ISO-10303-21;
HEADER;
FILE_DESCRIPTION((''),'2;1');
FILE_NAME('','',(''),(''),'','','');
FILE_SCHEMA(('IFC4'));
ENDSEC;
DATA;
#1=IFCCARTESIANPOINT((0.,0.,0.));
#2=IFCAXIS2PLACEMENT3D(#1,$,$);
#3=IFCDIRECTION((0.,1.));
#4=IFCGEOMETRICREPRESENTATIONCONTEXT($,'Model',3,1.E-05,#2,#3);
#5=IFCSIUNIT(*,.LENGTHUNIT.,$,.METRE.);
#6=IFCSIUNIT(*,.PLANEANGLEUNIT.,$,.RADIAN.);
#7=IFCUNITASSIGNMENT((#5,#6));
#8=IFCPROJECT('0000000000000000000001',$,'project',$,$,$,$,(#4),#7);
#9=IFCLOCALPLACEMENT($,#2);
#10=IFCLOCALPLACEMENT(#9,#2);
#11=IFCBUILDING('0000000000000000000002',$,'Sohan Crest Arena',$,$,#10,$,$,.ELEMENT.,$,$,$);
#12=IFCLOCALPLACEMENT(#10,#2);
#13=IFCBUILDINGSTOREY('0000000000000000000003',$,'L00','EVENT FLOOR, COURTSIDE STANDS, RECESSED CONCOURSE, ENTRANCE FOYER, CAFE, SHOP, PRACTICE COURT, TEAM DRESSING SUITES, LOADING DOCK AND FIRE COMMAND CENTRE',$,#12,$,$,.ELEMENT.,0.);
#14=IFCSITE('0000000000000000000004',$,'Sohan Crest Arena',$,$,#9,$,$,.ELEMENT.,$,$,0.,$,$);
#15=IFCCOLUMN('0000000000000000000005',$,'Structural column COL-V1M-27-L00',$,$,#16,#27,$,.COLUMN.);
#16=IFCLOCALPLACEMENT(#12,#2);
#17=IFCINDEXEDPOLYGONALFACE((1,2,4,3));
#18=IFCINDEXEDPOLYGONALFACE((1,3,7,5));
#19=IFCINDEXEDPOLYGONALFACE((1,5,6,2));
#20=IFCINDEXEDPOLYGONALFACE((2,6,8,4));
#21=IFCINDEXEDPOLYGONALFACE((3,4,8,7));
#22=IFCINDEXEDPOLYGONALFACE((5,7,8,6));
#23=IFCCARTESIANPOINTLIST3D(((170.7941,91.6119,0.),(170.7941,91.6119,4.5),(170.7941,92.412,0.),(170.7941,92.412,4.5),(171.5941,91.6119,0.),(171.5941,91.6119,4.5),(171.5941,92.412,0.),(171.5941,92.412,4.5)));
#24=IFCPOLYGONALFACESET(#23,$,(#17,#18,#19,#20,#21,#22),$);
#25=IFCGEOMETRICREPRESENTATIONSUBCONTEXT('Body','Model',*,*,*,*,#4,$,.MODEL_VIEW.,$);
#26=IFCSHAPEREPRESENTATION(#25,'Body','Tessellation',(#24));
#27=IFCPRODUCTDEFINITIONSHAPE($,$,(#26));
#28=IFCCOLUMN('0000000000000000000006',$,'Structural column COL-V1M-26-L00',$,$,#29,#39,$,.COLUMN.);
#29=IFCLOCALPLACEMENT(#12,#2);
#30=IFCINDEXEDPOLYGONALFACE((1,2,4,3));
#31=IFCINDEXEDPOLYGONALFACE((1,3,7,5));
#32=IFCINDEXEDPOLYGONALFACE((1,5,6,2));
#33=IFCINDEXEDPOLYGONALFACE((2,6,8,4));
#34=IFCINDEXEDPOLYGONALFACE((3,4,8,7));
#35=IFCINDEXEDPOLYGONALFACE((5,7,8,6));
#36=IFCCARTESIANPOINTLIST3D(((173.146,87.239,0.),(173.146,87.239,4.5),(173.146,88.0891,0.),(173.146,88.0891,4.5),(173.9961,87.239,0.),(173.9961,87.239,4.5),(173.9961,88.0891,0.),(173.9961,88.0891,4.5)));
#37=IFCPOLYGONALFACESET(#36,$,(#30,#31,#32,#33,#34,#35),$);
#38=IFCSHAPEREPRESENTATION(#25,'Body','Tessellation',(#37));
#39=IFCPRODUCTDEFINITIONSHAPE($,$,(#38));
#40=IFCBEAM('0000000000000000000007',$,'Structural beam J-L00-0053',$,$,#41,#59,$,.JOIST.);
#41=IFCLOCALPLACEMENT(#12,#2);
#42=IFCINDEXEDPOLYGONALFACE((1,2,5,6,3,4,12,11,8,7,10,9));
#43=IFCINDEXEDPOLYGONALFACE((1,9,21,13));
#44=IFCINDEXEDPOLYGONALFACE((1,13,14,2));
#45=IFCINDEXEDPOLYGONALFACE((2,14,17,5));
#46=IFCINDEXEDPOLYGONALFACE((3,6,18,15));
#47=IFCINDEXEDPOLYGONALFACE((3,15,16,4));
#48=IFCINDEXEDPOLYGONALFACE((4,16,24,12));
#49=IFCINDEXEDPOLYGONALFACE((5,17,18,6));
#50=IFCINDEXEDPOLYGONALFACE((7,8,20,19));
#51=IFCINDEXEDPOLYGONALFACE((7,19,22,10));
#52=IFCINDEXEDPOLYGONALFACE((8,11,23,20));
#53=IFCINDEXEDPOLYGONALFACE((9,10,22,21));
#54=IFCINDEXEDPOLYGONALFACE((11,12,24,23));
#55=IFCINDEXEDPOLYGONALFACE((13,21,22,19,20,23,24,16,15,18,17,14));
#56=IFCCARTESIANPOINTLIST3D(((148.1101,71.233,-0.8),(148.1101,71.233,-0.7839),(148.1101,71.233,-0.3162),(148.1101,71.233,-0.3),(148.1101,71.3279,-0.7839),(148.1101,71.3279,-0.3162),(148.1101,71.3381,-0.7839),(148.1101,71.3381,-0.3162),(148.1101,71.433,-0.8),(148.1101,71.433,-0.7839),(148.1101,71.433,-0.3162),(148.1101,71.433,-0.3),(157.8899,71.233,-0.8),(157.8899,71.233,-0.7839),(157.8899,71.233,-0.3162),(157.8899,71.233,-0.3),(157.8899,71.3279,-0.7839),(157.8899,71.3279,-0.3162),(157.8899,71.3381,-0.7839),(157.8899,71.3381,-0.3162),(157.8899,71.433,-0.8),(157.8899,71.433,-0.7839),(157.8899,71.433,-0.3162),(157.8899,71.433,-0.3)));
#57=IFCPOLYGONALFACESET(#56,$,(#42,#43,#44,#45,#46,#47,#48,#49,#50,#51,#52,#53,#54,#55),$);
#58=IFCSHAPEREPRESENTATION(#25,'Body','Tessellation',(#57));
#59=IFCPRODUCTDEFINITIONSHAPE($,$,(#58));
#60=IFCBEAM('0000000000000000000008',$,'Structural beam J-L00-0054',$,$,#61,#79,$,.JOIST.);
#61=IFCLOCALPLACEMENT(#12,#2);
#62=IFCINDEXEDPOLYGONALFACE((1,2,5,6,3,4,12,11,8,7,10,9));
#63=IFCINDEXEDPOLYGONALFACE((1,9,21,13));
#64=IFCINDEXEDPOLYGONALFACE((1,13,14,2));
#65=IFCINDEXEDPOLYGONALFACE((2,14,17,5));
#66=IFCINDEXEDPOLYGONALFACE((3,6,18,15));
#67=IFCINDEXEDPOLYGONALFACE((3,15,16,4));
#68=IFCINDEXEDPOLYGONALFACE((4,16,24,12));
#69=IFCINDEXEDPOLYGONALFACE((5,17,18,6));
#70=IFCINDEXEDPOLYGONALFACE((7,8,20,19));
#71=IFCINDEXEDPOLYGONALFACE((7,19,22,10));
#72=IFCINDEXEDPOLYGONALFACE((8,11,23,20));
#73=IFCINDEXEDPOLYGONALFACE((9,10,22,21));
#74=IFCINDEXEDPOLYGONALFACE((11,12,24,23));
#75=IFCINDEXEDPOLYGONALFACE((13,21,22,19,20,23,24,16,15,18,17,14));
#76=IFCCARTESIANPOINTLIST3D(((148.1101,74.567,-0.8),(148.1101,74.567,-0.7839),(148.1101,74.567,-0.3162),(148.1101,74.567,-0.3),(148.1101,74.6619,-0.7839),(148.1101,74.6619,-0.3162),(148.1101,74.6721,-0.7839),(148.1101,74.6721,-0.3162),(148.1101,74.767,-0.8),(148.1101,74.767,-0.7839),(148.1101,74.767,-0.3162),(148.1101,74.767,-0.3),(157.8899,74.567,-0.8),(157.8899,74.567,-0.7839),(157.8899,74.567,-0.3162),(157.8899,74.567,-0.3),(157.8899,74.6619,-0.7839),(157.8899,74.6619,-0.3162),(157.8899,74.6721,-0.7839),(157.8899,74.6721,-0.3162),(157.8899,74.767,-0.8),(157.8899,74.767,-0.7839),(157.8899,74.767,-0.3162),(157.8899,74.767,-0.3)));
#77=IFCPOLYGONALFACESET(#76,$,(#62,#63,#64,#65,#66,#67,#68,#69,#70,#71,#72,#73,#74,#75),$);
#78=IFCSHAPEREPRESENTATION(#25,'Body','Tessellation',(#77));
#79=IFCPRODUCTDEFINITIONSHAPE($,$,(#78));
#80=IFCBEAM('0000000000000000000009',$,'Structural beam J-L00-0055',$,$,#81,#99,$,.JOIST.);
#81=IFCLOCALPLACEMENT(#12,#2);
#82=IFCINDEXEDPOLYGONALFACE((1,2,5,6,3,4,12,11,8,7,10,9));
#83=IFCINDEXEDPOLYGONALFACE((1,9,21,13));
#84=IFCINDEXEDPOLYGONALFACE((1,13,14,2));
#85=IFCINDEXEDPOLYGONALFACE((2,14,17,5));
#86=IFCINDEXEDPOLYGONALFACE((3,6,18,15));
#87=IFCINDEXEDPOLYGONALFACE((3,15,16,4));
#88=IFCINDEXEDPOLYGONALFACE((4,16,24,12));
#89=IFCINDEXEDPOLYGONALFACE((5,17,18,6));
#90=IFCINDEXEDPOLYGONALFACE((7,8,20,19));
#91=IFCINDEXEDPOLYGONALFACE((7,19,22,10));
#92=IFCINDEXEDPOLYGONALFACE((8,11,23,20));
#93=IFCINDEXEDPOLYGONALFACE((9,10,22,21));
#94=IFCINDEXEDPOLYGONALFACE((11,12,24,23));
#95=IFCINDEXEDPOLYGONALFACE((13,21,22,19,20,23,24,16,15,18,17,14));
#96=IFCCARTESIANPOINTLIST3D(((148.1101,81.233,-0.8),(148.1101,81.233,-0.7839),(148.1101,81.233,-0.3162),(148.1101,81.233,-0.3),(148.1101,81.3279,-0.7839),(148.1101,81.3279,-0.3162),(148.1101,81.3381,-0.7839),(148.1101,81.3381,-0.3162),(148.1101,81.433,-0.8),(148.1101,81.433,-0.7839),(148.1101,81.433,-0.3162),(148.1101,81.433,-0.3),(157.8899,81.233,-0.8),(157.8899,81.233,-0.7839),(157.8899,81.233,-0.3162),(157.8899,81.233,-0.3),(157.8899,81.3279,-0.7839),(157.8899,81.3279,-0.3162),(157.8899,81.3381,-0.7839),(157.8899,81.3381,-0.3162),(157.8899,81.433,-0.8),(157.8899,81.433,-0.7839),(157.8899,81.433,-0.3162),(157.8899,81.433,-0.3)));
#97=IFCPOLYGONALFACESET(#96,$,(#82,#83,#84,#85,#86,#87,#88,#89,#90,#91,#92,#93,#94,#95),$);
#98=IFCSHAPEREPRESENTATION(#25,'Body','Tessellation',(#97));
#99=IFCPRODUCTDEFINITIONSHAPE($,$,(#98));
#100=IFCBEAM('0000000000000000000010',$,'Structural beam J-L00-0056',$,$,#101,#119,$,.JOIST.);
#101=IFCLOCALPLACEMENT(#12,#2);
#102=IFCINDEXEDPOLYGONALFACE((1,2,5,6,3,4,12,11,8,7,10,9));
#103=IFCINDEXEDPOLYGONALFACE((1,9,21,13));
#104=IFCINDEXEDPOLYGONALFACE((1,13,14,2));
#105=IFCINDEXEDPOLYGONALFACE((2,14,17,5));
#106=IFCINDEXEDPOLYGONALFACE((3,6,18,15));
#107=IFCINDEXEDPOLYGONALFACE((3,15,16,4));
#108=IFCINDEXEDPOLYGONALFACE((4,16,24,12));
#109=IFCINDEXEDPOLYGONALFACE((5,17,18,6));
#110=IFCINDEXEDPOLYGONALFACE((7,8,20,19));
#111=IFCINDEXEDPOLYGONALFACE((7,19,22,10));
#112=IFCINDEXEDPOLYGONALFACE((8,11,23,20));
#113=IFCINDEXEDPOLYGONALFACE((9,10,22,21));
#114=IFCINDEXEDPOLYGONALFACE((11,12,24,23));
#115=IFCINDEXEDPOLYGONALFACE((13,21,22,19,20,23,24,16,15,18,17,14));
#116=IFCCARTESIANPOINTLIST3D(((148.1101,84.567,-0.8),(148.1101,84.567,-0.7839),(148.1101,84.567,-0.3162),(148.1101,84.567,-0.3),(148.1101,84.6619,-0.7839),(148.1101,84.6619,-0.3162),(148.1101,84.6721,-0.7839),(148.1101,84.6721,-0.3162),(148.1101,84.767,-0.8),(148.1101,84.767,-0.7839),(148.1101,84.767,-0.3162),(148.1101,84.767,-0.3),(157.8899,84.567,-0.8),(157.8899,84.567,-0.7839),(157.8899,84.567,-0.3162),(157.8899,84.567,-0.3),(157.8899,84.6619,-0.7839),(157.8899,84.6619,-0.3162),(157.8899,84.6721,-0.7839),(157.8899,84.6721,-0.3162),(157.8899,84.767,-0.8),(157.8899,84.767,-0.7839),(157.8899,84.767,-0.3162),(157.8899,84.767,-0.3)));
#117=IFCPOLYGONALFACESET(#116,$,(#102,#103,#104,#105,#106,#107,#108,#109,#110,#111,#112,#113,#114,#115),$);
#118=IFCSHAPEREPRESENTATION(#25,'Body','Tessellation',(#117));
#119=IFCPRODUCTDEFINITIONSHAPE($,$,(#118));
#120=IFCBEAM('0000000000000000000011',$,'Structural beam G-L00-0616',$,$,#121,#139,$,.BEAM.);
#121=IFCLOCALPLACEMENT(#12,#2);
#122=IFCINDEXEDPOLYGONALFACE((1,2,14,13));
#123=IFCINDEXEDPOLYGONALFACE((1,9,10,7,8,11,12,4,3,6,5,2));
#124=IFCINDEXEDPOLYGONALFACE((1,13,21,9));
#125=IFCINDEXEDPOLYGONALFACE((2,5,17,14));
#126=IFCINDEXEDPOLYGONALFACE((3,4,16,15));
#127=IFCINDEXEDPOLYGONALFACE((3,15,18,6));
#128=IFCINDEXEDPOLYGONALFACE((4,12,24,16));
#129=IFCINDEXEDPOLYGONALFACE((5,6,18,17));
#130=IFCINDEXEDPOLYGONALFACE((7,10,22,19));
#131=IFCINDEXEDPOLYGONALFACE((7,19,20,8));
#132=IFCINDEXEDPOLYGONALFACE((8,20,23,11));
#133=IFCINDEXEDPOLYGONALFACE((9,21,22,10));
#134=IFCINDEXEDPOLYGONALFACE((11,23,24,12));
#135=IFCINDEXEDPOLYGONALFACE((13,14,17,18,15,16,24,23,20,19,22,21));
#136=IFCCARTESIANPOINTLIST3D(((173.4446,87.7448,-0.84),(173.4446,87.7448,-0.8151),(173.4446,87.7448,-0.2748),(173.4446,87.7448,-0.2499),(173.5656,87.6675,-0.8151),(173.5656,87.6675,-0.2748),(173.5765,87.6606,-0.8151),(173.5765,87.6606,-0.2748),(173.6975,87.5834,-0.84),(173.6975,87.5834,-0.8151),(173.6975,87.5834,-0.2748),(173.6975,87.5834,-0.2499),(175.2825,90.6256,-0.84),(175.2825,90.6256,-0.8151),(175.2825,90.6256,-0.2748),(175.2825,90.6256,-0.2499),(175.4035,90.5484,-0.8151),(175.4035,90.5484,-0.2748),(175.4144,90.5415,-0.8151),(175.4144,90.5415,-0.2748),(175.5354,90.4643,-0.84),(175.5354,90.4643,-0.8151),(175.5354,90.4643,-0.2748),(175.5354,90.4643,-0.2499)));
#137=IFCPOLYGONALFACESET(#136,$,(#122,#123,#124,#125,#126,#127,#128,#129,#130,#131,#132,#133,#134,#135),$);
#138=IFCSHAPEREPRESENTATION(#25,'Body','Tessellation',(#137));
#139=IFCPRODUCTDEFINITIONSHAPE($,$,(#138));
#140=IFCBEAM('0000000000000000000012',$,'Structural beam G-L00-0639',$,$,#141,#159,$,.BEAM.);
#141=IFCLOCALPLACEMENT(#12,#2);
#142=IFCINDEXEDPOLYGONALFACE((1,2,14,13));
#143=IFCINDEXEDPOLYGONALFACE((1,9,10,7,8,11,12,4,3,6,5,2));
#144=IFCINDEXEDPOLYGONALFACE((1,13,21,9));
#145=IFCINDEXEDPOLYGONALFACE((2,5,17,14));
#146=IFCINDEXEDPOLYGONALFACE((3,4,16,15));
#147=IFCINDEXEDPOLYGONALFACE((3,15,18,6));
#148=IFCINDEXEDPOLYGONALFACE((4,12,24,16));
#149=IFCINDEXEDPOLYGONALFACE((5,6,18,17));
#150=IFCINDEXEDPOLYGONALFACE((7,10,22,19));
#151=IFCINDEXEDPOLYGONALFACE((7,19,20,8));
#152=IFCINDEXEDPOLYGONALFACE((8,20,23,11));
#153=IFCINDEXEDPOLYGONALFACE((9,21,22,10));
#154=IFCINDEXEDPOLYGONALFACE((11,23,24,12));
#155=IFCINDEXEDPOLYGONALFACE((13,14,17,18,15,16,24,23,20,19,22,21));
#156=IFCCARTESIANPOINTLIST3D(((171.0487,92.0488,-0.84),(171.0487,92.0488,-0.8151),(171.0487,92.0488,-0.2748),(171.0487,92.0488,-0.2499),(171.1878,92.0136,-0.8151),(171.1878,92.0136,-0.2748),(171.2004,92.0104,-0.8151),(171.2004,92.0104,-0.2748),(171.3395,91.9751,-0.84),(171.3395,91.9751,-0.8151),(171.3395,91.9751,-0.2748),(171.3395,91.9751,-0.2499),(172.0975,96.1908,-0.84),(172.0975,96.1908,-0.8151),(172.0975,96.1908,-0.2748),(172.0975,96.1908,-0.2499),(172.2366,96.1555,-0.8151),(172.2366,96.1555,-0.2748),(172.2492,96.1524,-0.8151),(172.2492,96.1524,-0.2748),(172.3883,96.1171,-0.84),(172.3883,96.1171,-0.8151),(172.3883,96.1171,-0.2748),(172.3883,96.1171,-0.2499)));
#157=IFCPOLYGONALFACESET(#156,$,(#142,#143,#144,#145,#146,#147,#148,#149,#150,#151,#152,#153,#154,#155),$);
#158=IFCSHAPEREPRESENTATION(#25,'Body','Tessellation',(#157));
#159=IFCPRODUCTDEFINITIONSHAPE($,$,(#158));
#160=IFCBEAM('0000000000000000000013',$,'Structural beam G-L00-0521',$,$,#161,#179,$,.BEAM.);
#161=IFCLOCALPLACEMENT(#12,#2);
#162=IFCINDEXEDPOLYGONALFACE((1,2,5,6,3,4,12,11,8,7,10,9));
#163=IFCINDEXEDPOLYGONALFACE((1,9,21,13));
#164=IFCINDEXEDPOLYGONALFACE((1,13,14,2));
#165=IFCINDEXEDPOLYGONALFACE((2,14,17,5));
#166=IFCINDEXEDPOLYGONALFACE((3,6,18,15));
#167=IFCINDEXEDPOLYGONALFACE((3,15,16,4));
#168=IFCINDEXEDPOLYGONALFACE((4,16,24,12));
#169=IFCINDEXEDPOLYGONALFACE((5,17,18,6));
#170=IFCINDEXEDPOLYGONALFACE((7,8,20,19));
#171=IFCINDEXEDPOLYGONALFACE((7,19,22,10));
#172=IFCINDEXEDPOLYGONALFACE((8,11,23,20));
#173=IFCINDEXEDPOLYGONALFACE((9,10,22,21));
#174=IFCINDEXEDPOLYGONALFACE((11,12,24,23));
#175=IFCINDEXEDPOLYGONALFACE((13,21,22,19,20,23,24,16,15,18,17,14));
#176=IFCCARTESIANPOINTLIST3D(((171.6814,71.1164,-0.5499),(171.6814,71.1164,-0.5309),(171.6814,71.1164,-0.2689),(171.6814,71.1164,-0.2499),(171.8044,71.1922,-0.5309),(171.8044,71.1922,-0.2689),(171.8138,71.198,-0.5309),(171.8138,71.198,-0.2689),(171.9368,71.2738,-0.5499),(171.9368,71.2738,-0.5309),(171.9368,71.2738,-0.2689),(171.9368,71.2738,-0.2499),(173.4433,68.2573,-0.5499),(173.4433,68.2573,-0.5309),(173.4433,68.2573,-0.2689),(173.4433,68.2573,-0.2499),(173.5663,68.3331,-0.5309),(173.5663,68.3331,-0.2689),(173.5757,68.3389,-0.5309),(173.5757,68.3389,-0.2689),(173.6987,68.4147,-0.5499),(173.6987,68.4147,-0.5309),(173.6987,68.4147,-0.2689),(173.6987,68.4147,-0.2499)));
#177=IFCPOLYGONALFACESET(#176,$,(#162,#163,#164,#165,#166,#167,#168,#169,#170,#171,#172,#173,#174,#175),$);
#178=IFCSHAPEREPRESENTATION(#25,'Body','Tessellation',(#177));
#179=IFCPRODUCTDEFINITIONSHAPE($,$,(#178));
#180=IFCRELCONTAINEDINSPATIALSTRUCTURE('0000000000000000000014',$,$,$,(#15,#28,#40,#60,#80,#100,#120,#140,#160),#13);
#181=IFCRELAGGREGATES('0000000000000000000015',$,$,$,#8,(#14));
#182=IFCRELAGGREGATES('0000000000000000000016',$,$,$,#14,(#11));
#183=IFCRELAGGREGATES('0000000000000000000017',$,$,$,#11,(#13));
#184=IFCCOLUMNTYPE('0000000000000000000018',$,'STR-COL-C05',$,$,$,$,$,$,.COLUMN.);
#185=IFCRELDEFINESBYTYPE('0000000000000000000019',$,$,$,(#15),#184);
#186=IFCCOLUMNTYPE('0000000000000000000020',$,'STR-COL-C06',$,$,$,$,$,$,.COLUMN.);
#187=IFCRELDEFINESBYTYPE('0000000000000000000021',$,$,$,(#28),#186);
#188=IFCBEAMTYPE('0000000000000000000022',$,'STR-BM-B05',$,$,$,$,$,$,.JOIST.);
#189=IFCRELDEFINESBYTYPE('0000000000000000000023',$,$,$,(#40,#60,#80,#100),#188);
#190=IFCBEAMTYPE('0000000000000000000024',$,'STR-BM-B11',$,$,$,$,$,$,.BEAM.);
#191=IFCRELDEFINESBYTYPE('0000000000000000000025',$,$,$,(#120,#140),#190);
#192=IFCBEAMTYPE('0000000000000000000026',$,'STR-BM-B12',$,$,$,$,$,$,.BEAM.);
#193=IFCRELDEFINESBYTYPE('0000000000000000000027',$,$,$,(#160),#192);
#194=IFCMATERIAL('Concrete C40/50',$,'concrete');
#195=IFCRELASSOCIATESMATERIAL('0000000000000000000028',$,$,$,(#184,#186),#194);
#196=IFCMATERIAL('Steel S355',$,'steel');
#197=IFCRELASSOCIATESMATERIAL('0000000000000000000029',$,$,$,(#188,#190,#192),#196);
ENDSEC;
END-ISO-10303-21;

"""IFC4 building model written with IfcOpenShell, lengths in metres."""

from ifc_helpers import new_model, si_unit, direction, frame, origin, origin_2d, place, context, subcontext, project, spatial, rectangle, i_section, extrude, material, material_profile, profile_set, type_object, element, save


model = new_model("IFC4")

# Units and contexts
model_context = context("Model", 3, precision=1e-05, world=origin(), true_north=direction((0.0, 1.0)))
body_context = subcontext(model_context, "Body", "Model", "MODEL_VIEW")
ifc_project = project(units=[si_unit("LENGTHUNIT", "METRE"), si_unit("PLANEANGLEUNIT", "RADIAN")], contexts=[model_context])

# Site, building, storey
site_placement = place(None, origin())
site = spatial("IfcSite", under=ifc_project, at=site_placement, Name="Sohan Crest Arena", CompositionType="ELEMENT", RefElevation=0.0)
building_placement = place(site_placement, origin())
building = spatial("IfcBuilding", under=site, at=building_placement, Name="Sohan Crest Arena", CompositionType="ELEMENT")
storey_placement = place(building_placement, origin())
storey = spatial("IfcBuildingStorey", under=building, at=storey_placement, Name="L00", Description="EVENT FLOOR, COURTSIDE STANDS, RECESSED CONCOURSE, ENTRANCE FOYER, CAFE, SHOP, PRACTICE COURT, TEAM DRESSING SUITES, LOADING DOCK AND FIRE COMMAND CENTRE", CompositionType="ELEMENT", Elevation=0.0)

# Columns
ifc_material_1 = material(Name="Concrete C40/50", Category="concrete")
ifc_material_profile_1 = material_profile(ifc_material_1, rectangle(XDim=0.8, YDim=0.8, at=origin_2d()), Name="RC 800x800")
ifc_profile_set_1 = profile_set([ifc_material_profile_1], Name="Concrete C40/50")
column_type_1 = type_object("IfcColumnType", Name="STR-COL-C05", PredefinedType="COLUMN", material=ifc_profile_set_1)
column_1_placement = place(storey_placement, frame((171.1941, 92.012, 0.0), z_axis=(0.0, 0.0, 1.0), x_axis=(1.0, 0.0, 0.0)))
element("IfcColumn", 1, at=column_1_placement, inside=storey, type_object=column_type_1, Name="Structural column COL-V1M-27-L00", PredefinedType="COLUMN", context=body_context, shape_type="SweptSolid", body=[
    extrude(rectangle(XDim=0.8, YDim=0.8, at=origin_2d()), origin(), (0.0, 0.0, 1.0), 4.5),
])
ifc_material_profile_2 = material_profile(ifc_material_1, rectangle(XDim=0.8501, YDim=0.8501, at=origin_2d()), Name="RC 850x850")
ifc_profile_set_2 = profile_set([ifc_material_profile_2], Name="Concrete C40/50")
column_type_2 = type_object("IfcColumnType", Name="STR-COL-C06", PredefinedType="COLUMN", material=ifc_profile_set_2)
column_2_placement = place(storey_placement, frame((173.571, 87.6641, 0.0), z_axis=(0.0, 0.0, 1.0), x_axis=(1.0, 0.0, 0.0)))
element("IfcColumn", 2, at=column_2_placement, inside=storey, type_object=column_type_2, Name="Structural column COL-V1M-26-L00", PredefinedType="COLUMN", context=body_context, shape_type="SweptSolid", body=[
    extrude(rectangle(XDim=0.8501, YDim=0.8501, at=origin_2d()), origin(), (0.0, 0.0, 1.0), 4.5),
])

# Beams
ifc_material_2 = material(Name="Steel S355", Category="steel")
ifc_material_profile_3 = material_profile(ifc_material_2, i_section(OverallWidth=0.2, OverallDepth=0.5, WebThickness=0.0103, FlangeThickness=0.0161, at=origin_2d()), Name="IPE 500")
ifc_profile_set_3 = profile_set([ifc_material_profile_3], Name="Steel S355")
beam_type_1 = type_object("IfcBeamType", Name="STR-BM-B05", PredefinedType="JOIST", material=ifc_profile_set_3)
for number, where, z_axis, x_axis, name in (
    (3, (148.1101, 71.333, -0.55), (1.0, 0.0, 0.0), (0.0, 1.0, 0.0), "Structural beam J-L00-0053"),
    (4, (148.1101, 74.667, -0.55), (1.0, 0.0, 0.0), (0.0, 1.0, 0.0), "Structural beam J-L00-0054"),
    (5, (148.1101, 81.333, -0.55), (1.0, 0.0, 0.0), (0.0, 1.0, 0.0), "Structural beam J-L00-0055"),
    (6, (148.1101, 84.667, -0.55), (1.0, 0.0, 0.0), (0.0, 1.0, 0.0), "Structural beam J-L00-0056"),
):
    element("IfcBeam", number, at=place(storey_placement, frame(where, z_axis=z_axis, x_axis=x_axis)), inside=storey, type_object=beam_type_1, Name=name, PredefinedType="JOIST", context=body_context, shape_type="SweptSolid", body=[
        extrude(i_section(OverallWidth=0.2, OverallDepth=0.5, WebThickness=0.0103, FlangeThickness=0.0161, at=origin_2d()), origin(), (0.0, 0.0, 1.0), 9.7798),
    ])
ifc_material_profile_4 = material_profile(ifc_material_2, i_section(OverallWidth=0.3, OverallDepth=0.5901, WebThickness=0.0129, FlangeThickness=0.0249, at=origin_2d()), Name="HEA 600")
ifc_profile_set_4 = profile_set([ifc_material_profile_4], Name="Steel S355")
beam_type_2 = type_object("IfcBeamType", Name="STR-BM-B11", PredefinedType="BEAM", material=ifc_profile_set_4)
beam_1_placement = place(storey_placement, frame((173.571, 87.6641, -0.5449), z_axis=(0.537837, 0.843049, 0.0), x_axis=(-0.843049, 0.537837, 0.0)))
element("IfcBeam", 7, at=beam_1_placement, inside=storey, type_object=beam_type_2, Name="Structural beam G-L00-0616", PredefinedType="BEAM", context=body_context, shape_type="SweptSolid", body=[
    extrude(i_section(OverallWidth=0.3, OverallDepth=0.5901, WebThickness=0.0129, FlangeThickness=0.0249, at=origin_2d()), origin(), (0.0, 0.0, 1.0), 3.4172),
])
beam_2_placement = place(storey_placement, frame((171.1941, 92.012, -0.5449), z_axis=(0.245465, 0.969405, 0.0), x_axis=(-0.969405, 0.245465, 0.0)))
element("IfcBeam", 8, at=beam_2_placement, inside=storey, type_object=beam_type_2, Name="Structural beam G-L00-0639", PredefinedType="BEAM", context=body_context, shape_type="SweptSolid", body=[
    extrude(i_section(OverallWidth=0.3, OverallDepth=0.5901, WebThickness=0.0129, FlangeThickness=0.0249, at=origin_2d()), origin(), (0.0, 0.0, 1.0), 4.2727),
])
ifc_material_profile_5 = material_profile(ifc_material_2, i_section(OverallWidth=0.3, OverallDepth=0.3, WebThickness=0.011, FlangeThickness=0.019, at=origin_2d()), Name="HEB 300")
ifc_profile_set_5 = profile_set([ifc_material_profile_5], Name="Steel S355")
beam_type_3 = type_object("IfcBeamType", Name="STR-BM-B12", PredefinedType="BEAM", material=ifc_profile_set_5)
beam_3_placement = place(storey_placement, frame((171.8091, 71.1951, -0.3999), z_axis=(0.524637, -0.851326, 0.0), x_axis=(0.851326, 0.524637, 0.0)))
element("IfcBeam", 9, at=beam_3_placement, inside=storey, type_object=beam_type_3, Name="Structural beam G-L00-0521", PredefinedType="BEAM", context=body_context, shape_type="SweptSolid", body=[
    extrude(i_section(OverallWidth=0.3, OverallDepth=0.3, WebThickness=0.011, FlangeThickness=0.019, at=origin_2d()), origin(), (0.0, 0.0, 1.0), 3.3584),
])

save(model, "model.ifc")
